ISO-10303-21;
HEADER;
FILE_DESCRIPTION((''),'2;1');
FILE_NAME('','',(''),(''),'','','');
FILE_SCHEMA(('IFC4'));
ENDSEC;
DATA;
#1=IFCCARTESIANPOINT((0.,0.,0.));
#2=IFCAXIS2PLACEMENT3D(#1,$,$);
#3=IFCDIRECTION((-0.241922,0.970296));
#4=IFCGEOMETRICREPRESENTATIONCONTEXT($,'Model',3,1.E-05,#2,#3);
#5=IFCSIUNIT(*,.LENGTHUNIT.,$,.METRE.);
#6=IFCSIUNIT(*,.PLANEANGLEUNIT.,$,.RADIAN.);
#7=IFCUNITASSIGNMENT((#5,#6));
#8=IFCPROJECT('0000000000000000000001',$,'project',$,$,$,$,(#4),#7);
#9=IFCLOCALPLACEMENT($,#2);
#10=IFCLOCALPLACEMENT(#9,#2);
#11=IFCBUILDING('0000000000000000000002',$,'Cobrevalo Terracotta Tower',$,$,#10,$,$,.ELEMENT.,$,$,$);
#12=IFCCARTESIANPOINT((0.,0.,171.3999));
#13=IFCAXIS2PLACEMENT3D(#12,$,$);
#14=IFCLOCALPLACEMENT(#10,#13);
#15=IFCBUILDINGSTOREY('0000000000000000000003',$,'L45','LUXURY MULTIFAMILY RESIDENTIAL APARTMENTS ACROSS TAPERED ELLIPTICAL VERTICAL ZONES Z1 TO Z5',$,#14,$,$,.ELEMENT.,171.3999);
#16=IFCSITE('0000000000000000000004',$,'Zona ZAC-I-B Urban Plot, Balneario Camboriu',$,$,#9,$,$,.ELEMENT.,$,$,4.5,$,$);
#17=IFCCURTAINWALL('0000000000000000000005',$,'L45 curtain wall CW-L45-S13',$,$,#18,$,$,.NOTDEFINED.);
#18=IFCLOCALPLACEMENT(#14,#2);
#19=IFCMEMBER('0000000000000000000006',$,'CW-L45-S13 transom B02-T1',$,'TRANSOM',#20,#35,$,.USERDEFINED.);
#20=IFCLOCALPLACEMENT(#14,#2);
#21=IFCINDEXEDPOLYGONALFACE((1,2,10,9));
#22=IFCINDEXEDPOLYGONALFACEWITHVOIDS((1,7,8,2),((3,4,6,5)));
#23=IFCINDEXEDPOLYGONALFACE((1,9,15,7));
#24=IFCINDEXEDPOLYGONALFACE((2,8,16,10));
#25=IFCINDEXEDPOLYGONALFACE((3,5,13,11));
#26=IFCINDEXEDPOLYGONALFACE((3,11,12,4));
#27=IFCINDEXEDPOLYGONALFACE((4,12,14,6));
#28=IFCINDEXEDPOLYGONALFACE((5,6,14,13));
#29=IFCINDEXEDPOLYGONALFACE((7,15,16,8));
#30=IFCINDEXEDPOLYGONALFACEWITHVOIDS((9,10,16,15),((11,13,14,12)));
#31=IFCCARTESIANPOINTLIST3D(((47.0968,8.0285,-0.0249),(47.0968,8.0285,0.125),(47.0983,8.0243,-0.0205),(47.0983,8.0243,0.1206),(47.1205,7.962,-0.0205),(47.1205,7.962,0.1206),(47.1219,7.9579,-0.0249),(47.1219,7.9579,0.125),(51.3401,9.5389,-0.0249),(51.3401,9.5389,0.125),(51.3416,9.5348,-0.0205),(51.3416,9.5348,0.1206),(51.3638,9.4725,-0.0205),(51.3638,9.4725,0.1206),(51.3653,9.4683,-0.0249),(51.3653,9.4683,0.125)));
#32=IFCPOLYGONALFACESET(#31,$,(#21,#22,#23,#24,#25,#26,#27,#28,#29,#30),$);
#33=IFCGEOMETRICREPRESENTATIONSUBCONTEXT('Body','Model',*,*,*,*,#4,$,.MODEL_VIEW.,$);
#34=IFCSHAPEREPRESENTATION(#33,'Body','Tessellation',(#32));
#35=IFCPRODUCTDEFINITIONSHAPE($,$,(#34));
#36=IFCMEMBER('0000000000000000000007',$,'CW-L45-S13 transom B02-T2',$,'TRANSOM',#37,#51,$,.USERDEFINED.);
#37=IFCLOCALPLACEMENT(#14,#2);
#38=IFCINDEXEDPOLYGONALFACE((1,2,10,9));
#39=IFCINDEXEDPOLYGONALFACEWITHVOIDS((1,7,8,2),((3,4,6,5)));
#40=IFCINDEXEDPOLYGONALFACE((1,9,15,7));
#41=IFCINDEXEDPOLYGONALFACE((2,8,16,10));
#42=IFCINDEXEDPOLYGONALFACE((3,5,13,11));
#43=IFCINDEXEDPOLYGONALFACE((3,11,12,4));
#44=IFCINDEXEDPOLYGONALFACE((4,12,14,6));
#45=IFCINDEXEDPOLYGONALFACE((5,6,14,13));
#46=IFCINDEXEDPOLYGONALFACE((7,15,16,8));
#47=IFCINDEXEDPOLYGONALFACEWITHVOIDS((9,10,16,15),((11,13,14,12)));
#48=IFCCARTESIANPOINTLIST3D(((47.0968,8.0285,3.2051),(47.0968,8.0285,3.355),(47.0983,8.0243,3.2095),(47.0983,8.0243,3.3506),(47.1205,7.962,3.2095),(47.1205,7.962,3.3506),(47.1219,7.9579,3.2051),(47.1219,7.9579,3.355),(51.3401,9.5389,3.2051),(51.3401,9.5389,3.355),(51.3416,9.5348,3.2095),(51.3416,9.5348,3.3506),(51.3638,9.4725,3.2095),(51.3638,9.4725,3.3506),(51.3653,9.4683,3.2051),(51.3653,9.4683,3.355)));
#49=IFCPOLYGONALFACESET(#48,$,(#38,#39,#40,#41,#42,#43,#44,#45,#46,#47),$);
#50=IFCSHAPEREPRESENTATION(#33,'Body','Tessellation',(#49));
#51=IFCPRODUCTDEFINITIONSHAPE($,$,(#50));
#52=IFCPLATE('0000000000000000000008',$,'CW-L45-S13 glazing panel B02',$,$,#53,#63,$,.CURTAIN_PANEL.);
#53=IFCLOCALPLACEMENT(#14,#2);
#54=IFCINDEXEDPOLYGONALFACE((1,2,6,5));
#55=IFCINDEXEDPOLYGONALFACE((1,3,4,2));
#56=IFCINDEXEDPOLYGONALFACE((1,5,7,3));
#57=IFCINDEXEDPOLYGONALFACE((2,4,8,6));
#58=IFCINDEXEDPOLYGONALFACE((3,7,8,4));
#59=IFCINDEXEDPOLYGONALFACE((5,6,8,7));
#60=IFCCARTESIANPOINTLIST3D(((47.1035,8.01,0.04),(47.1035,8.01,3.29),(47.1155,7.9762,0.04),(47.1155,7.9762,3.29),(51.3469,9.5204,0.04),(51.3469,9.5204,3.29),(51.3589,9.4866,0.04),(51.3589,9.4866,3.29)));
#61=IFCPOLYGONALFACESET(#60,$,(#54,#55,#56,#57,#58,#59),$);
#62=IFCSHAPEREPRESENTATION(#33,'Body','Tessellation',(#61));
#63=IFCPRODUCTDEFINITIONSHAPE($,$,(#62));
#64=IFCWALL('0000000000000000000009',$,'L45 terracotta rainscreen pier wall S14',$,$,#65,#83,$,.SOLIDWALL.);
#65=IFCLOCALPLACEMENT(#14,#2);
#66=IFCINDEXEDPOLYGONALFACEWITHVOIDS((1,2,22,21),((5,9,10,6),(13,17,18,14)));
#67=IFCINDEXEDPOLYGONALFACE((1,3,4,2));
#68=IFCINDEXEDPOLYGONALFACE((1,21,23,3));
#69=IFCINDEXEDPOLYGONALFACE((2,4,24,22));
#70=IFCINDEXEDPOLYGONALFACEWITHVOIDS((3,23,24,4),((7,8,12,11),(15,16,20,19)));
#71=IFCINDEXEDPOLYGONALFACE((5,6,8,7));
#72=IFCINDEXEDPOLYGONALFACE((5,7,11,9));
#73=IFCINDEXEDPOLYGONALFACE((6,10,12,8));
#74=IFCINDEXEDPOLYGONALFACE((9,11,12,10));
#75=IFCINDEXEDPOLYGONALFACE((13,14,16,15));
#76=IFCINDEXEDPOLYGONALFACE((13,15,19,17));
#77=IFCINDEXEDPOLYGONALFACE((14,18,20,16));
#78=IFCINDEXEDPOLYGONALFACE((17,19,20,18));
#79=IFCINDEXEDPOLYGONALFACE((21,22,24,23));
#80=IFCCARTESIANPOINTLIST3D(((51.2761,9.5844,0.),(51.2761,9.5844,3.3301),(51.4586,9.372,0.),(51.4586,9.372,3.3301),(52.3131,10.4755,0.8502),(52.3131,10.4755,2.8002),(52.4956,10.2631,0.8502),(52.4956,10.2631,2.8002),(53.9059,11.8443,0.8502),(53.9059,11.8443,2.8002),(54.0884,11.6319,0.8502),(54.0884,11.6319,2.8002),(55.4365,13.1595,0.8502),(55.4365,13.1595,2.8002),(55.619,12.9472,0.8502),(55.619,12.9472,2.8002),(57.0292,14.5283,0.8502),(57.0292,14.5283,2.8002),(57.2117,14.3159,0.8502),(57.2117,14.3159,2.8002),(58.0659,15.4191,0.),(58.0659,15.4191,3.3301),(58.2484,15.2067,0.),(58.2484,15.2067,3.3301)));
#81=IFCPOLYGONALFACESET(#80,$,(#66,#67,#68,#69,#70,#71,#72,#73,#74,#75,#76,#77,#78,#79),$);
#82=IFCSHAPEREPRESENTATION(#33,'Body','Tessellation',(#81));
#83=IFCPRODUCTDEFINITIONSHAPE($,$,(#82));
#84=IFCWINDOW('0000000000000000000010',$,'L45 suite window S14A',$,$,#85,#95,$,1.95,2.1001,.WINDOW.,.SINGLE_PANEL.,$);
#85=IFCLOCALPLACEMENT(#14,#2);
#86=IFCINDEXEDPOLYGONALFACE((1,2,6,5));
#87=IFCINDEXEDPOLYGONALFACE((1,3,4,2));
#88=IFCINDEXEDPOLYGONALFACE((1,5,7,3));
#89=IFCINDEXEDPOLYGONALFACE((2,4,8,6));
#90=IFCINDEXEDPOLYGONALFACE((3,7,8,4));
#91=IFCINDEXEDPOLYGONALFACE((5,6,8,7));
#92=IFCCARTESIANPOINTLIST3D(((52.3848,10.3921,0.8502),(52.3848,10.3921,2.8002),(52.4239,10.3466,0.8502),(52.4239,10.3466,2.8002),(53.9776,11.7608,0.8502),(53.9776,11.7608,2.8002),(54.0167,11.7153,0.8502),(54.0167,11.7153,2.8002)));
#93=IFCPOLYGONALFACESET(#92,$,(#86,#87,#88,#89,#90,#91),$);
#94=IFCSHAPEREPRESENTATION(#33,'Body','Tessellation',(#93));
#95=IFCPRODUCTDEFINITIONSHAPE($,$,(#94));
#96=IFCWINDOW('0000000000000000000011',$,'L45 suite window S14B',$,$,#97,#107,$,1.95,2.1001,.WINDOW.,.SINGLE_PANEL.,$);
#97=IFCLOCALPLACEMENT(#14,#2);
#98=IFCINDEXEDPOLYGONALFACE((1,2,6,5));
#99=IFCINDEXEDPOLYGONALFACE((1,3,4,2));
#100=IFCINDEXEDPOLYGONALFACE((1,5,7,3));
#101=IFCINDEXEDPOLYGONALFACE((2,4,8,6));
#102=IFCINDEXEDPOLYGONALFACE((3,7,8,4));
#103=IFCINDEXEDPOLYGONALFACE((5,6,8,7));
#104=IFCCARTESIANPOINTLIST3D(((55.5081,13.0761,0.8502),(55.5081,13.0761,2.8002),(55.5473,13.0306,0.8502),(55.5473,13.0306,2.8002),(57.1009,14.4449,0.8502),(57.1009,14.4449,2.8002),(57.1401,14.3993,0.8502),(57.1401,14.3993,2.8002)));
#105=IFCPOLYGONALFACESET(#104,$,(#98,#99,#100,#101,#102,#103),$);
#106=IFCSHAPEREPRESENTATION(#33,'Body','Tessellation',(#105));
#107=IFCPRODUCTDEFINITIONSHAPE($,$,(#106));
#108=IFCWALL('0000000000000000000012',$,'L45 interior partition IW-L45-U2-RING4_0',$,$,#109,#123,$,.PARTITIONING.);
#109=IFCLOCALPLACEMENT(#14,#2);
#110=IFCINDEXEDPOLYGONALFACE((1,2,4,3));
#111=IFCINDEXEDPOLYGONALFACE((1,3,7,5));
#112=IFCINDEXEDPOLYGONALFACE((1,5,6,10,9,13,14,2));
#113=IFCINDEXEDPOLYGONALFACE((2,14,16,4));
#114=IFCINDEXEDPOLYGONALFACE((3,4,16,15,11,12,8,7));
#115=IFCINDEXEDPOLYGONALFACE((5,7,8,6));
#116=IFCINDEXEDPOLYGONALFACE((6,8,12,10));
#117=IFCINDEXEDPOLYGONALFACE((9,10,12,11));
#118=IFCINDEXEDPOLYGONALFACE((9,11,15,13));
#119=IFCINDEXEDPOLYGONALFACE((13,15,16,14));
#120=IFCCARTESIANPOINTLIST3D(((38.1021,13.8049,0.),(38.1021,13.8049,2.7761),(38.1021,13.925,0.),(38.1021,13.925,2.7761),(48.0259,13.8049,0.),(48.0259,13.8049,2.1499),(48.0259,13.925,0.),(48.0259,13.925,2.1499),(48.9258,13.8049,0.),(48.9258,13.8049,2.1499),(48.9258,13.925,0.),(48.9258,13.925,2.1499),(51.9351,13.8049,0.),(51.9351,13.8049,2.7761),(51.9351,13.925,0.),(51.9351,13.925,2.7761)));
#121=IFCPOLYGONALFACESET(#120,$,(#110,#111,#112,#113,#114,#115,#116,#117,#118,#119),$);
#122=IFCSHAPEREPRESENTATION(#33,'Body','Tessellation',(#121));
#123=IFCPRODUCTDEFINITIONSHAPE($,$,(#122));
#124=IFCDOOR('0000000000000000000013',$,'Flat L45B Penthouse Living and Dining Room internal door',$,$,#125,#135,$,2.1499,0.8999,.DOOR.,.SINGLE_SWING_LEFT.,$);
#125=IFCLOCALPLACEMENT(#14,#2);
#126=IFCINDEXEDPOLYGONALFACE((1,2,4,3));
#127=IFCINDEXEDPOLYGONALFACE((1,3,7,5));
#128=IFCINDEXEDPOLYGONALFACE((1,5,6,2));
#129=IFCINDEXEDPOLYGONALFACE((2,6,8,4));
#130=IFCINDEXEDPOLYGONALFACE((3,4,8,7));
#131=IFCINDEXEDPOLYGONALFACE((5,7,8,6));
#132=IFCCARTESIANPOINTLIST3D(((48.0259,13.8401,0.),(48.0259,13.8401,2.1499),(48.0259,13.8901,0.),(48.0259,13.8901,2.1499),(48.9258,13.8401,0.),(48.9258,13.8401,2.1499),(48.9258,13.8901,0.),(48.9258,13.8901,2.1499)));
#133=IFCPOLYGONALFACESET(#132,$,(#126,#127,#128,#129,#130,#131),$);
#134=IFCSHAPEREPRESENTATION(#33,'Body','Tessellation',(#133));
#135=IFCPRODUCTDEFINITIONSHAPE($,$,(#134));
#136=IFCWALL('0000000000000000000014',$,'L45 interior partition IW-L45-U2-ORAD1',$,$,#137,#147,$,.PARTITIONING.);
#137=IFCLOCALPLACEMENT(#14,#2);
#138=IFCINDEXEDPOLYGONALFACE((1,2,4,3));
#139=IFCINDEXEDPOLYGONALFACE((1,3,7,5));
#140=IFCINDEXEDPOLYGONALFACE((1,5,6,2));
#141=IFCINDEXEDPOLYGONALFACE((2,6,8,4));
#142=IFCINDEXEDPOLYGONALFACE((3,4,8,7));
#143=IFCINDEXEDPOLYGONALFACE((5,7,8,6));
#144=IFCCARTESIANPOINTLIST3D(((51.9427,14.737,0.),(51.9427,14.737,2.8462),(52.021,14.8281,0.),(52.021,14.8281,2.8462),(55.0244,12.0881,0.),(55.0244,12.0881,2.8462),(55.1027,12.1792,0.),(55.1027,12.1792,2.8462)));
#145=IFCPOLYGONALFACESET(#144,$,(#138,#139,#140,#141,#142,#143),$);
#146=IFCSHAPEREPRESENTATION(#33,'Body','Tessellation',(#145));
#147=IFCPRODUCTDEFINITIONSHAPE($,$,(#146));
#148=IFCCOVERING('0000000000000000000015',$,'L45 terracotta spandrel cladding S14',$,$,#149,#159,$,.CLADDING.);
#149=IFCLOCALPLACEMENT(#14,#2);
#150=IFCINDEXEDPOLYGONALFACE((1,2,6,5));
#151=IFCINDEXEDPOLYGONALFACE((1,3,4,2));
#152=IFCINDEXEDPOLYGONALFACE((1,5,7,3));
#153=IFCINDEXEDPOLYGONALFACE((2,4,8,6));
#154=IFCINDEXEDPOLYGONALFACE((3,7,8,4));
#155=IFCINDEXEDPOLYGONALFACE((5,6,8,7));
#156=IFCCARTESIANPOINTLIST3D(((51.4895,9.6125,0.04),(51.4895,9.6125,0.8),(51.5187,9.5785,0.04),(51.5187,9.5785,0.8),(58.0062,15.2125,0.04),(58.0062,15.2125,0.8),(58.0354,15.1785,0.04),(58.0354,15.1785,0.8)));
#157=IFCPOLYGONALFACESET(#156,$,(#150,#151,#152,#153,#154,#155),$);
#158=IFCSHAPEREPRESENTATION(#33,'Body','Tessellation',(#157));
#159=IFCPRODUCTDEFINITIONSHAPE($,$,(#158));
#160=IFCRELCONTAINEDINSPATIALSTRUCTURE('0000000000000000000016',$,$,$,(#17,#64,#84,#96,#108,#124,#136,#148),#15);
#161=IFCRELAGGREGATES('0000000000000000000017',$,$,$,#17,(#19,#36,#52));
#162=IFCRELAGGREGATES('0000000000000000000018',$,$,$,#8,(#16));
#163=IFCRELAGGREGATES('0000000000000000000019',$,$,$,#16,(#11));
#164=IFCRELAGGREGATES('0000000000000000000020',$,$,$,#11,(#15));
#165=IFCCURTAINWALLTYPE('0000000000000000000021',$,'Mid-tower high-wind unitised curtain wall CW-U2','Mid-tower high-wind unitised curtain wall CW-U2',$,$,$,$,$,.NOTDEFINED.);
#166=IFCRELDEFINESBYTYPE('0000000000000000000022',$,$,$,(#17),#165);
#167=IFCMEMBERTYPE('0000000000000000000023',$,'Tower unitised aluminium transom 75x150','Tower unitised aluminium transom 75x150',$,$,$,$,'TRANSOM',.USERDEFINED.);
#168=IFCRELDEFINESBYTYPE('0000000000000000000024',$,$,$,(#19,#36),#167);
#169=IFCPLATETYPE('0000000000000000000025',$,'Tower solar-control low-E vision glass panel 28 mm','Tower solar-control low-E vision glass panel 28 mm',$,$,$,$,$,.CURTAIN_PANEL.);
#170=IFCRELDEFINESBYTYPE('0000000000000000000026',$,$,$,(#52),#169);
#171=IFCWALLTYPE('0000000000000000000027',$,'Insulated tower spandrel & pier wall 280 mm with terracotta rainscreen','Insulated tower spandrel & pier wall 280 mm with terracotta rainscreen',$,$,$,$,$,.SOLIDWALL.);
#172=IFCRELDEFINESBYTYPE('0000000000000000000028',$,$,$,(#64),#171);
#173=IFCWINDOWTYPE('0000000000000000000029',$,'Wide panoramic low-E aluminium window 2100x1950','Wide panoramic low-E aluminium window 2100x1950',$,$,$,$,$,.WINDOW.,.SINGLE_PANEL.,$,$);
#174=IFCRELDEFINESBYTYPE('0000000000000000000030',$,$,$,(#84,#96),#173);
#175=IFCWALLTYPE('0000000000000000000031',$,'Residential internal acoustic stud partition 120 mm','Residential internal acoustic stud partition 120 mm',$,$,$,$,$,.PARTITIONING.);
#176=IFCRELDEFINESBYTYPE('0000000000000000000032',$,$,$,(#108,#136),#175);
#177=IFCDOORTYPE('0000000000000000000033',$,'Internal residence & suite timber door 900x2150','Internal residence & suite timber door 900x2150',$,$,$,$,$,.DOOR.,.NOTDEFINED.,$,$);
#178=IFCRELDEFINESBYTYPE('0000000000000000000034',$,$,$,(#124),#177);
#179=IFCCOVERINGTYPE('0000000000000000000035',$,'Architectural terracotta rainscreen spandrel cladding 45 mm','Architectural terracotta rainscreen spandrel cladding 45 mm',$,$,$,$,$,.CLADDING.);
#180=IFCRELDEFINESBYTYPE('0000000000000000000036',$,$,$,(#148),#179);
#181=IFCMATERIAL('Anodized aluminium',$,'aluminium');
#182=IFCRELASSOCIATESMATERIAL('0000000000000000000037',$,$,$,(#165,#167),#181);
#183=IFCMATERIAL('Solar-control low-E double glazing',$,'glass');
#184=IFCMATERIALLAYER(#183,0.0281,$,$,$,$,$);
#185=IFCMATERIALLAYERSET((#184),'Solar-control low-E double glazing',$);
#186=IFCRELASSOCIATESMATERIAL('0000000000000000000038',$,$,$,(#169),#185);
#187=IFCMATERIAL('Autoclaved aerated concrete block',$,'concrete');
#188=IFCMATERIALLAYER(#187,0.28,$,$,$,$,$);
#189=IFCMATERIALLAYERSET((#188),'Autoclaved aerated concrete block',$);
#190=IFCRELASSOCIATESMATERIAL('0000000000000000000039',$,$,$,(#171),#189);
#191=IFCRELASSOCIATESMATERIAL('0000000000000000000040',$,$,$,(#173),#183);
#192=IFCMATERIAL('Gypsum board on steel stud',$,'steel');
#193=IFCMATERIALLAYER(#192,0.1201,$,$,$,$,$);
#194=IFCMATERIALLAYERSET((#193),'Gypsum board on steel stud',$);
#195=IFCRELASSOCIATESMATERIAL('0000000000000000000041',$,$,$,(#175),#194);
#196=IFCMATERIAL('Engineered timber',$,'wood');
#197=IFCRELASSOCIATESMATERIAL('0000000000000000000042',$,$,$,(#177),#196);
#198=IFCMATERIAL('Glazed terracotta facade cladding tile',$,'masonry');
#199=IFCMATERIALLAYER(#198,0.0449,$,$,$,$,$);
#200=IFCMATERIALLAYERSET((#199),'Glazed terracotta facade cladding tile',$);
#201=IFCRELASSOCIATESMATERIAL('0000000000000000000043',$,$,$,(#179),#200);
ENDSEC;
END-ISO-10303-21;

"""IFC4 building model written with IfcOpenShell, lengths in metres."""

from ifc_helpers import new_model, si_unit, direction, frame, frame_2d, origin, origin_2d, place, context, subcontext, project, spatial, rectangle, hollow_rectangle, extrude, source, transform, mapped, material, layer, layer_set, material_profile, profile_set, type_object, element, fill, aggregate, save


model = new_model("IFC4")

# Units and contexts
model_context = context("Model", 3, precision=1e-05, world=origin(), true_north=direction((-0.241922, 0.970296)))
body_context = subcontext(model_context, "Body", "Model", "MODEL_VIEW")
ifc_project = project(units=[si_unit("LENGTHUNIT", "METRE"), si_unit("PLANEANGLEUNIT", "RADIAN")], contexts=[model_context])

# Site, building, storey
site_placement = place(None, origin())
site = spatial("IfcSite", under=ifc_project, at=site_placement, Name="Zona ZAC-I-B Urban Plot, Balneario Camboriu", CompositionType="ELEMENT", RefElevation=4.5)
building_placement = place(site_placement, origin())
building = spatial("IfcBuilding", under=site, at=building_placement, Name="Cobrevalo Terracotta Tower", CompositionType="ELEMENT")
storey_placement = place(building_placement, frame((0.0, 0.0, 171.3999)))
storey = spatial("IfcBuildingStorey", under=building, at=storey_placement, Name="L45", Description="LUXURY MULTIFAMILY RESIDENTIAL APARTMENTS ACROSS TAPERED ELLIPTICAL VERTICAL ZONES Z1 TO Z5", CompositionType="ELEMENT", Elevation=171.3999)

# Curtain wall
ifc_material_1 = material(Name="Anodized aluminium", Category="aluminium")
curtain_wall_type = type_object("IfcCurtainWallType", Name="Mid-tower high-wind unitised curtain wall CW-U2", Description="Mid-tower high-wind unitised curtain wall CW-U2", PredefinedType="NOTDEFINED", material=ifc_material_1)
curtain_wall_1_placement = place(storey_placement, origin())
curtain_wall_1 = element("IfcCurtainWall", 1, at=curtain_wall_1_placement, inside=storey, type_object=curtain_wall_type, Name="L45 curtain wall CW-L45-S13", PredefinedType="NOTDEFINED")
ifc_material_profile_1 = material_profile(ifc_material_1, hollow_rectangle(XDim=0.075, YDim=0.1499, WallThickness=0.0044, at=origin_2d()), Name="CWT 75x150")
ifc_profile_set_1 = profile_set([ifc_material_profile_1], Name="Anodized aluminium")
member_type_1 = type_object("IfcMemberType", Name="Tower unitised aluminium transom 75x150", Description="Tower unitised aluminium transom 75x150", ElementType="TRANSOM", PredefinedType="USERDEFINED", material=ifc_profile_set_1)

# Members
shared_shape_1 = source(origin(), body_context, "Body", "SweptSolid", [
    extrude(hollow_rectangle(XDim=0.075, YDim=0.1499, WallThickness=0.0044, at=origin_2d()), origin(), (0.0, 0.0, 1.0), 4.5042),
])
member_1_placement = place(storey_placement, frame((47.1094, 7.9932, 0.05), z_axis=(0.942093, 0.335351, 0.0), x_axis=(-0.335351, 0.942093, 0.0)))
member_1 = element("IfcMember", 2, at=member_1_placement, type_object=member_type_1, Name="CW-L45-S13 transom B02-T1", ObjectType="TRANSOM", PredefinedType="USERDEFINED", context=body_context, shape_type="MappedRepresentation", body=[
    mapped(shared_shape_1, transform((0.0, 0.0, 0.0), scale=1.0)),
])
member_2_placement = place(storey_placement, frame((47.1094, 7.9932, 3.28), z_axis=(0.942093, 0.335351, 0.0), x_axis=(-0.335351, 0.942093, 0.0)))
member_2 = element("IfcMember", 3, at=member_2_placement, type_object=member_type_1, Name="CW-L45-S13 transom B02-T2", ObjectType="TRANSOM", PredefinedType="USERDEFINED", context=body_context, shape_type="MappedRepresentation", body=[
    mapped(shared_shape_1, transform((0.0, 0.0, 0.0), scale=1.0)),
])

# Plate
ifc_material_2 = material(Name="Solar-control low-E double glazing", Category="glass")
ifc_layer_1 = layer(ifc_material_2, 0.0281)
ifc_layer_set_1 = layer_set([ifc_layer_1], Name="Solar-control low-E double glazing")
plate_type = type_object("IfcPlateType", Name="Tower solar-control low-E vision glass panel 28 mm", Description="Tower solar-control low-E vision glass panel 28 mm", PredefinedType="CURTAIN_PANEL", material=ifc_layer_set_1)
shared_shape_2 = source(origin(), body_context, "Body", "SweptSolid", [
    extrude(rectangle(XDim=4.5042, YDim=0.0359, at=origin_2d()), origin(), (0.0, 0.0, 1.0), 3.25),
])
plate_placement = place(storey_placement, frame((49.2312, 8.7483, 0.04), z_axis=(0.0, 0.0, 1.0), x_axis=(0.942098, 0.335336, 0.0)))
plate = element("IfcPlate", 4, at=plate_placement, type_object=plate_type, Name="CW-L45-S13 glazing panel B02", PredefinedType="CURTAIN_PANEL", context=body_context, shape_type="MappedRepresentation", body=[
    mapped(shared_shape_2, transform((0.0, 0.0, 0.0), scale=1.0)),
])
aggregate(curtain_wall_1, [member_1, member_2, plate])

# Wall, openings, windows
ifc_material_3 = material(Name="Autoclaved aerated concrete block", Category="concrete")
ifc_layer_2 = layer(ifc_material_3, 0.28)
ifc_layer_set_2 = layer_set([ifc_layer_2], Name="Autoclaved aerated concrete block")
wall_type_1 = type_object("IfcWallType", Name="Insulated tower spandrel & pier wall 280 mm with terracotta rainscreen", Description="Insulated tower spandrel & pier wall 280 mm with terracotta rainscreen", PredefinedType="SOLIDWALL", material=ifc_layer_set_2)
wall_1_placement = place(storey_placement, frame((51.3674, 9.4783, 0.0), z_axis=(0.0, 0.0, 1.0), x_axis=(0.758434, 0.65175, 0.0)))
wall_1 = element("IfcWall", 5, at=wall_1_placement, inside=storey, type_object=wall_type_1, Name="L45 terracotta rainscreen pier wall S14", PredefinedType="SOLIDWALL", context=body_context, shape_type="SweptSolid", body=[
    extrude(rectangle(XDim=8.9524, YDim=0.28, at=frame_2d((4.4761, 0.0))), origin(), (0.0, 0.0, 1.0), 3.3301),
])
opening_1_placement = place(wall_1_placement, frame((1.3672, 0.0, 0.8501)))
opening_1 = element("IfcOpeningElement", 6, at=opening_1_placement, cuts=wall_1, PredefinedType="OPENING", context=body_context, shape_type="SweptSolid", body=[
    extrude(rectangle(XDim=2.1001, YDim=1.95, at=frame_2d((1.05, 0.9751))), frame((0.0, 0.1499, 0.0), z_axis=(0.0, -1.0, 0.0), x_axis=(1.0, 0.0, 0.0)), (0.0, 0.0, 1.0), 0.3),
])
opening_2_placement = place(wall_1_placement, frame((5.4854, 0.0, 0.8501)))
opening_2 = element("IfcOpeningElement", 7, at=opening_2_placement, cuts=wall_1, PredefinedType="OPENING", context=body_context, shape_type="SweptSolid", body=[
    extrude(rectangle(XDim=2.1001, YDim=1.95, at=frame_2d((1.05, 0.9751))), frame((0.0, 0.1499, 0.0), z_axis=(0.0, -1.0, 0.0), x_axis=(1.0, 0.0, 0.0)), (0.0, 0.0, 1.0), 0.3),
])
window_type = type_object("IfcWindowType", Name="Wide panoramic low-E aluminium window 2100x1950", Description="Wide panoramic low-E aluminium window 2100x1950", PartitioningType="SINGLE_PANEL", PredefinedType="WINDOW", material=ifc_material_2)
shared_shape_3 = source(origin(), body_context, "Body", "SweptSolid", [
    extrude(rectangle(XDim=2.1001, YDim=1.95, at=frame_2d((1.05, 0.9751))), frame((0.0, 0.03, 0.0), z_axis=(0.0, -1.0, 0.0), x_axis=(1.0, 0.0, 0.0)), (0.0, 0.0, 1.0), 0.0601),
])
window_1_placement = place(opening_1_placement, origin())
window_1 = element("IfcWindow", 8, at=window_1_placement, inside=storey, type_object=window_type, Name="L45 suite window S14A", OverallHeight=1.95, OverallWidth=2.1001, PartitioningType="SINGLE_PANEL", PredefinedType="WINDOW", context=body_context, shape_type="MappedRepresentation", body=[
    mapped(shared_shape_3, transform((0.0, 0.0, 0.0), scale=1.0)),
])
fill(opening_1, window_1)
window_2_placement = place(opening_2_placement, origin())
window_2 = element("IfcWindow", 9, at=window_2_placement, inside=storey, type_object=window_type, Name="L45 suite window S14B", OverallHeight=1.95, OverallWidth=2.1001, PartitioningType="SINGLE_PANEL", PredefinedType="WINDOW", context=body_context, shape_type="MappedRepresentation", body=[
    mapped(shared_shape_3, transform((0.0, 0.0, 0.0), scale=1.0)),
])
fill(opening_2, window_2)

# Wall, opening, door
ifc_material_4 = material(Name="Gypsum board on steel stud", Category="steel")
ifc_layer_3 = layer(ifc_material_4, 0.1201)
ifc_layer_set_3 = layer_set([ifc_layer_3], Name="Gypsum board on steel stud")
wall_type_2 = type_object("IfcWallType", Name="Residential internal acoustic stud partition 120 mm", Description="Residential internal acoustic stud partition 120 mm", PredefinedType="PARTITIONING", material=ifc_layer_set_3)
wall_2_placement = place(storey_placement, frame((51.9351, 13.865, 0.0), z_axis=(0.0, 0.0, 1.0), x_axis=(-1.0, 0.0, 0.0)))
wall_2 = element("IfcWall", 10, at=wall_2_placement, inside=storey, type_object=wall_type_2, Name="L45 interior partition IW-L45-U2-RING4_0", PredefinedType="PARTITIONING", context=body_context, shape_type="SweptSolid", body=[
    extrude(rectangle(XDim=13.833, YDim=0.1201, at=frame_2d((6.9165, 0.0))), origin(), (0.0, 0.0, 1.0), 2.7761),
])
opening_3_placement = place(wall_2_placement, frame((3.0093, 0.0, 0.0)))
opening_3 = element("IfcOpeningElement", 11, at=opening_3_placement, cuts=wall_2, PredefinedType="OPENING", context=body_context, shape_type="SweptSolid", body=[
    extrude(rectangle(XDim=0.8999, YDim=2.1499, at=frame_2d((0.45, 1.075))), frame((0.0, 0.0701, 0.0), z_axis=(0.0, -1.0, 0.0), x_axis=(1.0, 0.0, 0.0)), (0.0, 0.0, 1.0), 0.1401),
])
ifc_material_5 = material(Name="Engineered timber", Category="wood")
door_type = type_object("IfcDoorType", Name="Internal residence & suite timber door 900x2150", Description="Internal residence & suite timber door 900x2150", OperationType="NOTDEFINED", PredefinedType="DOOR", material=ifc_material_5)
shared_shape_4 = source(origin(), body_context, "Body", "SweptSolid", [
    extrude(rectangle(XDim=0.8999, YDim=2.1499, at=frame_2d((0.45, 1.075))), frame((0.0, 0.0249, 0.0), z_axis=(0.0, -1.0, 0.0), x_axis=(1.0, 0.0, 0.0)), (0.0, 0.0, 1.0), 0.05),
])
door_placement = place(opening_3_placement, origin())
door = element("IfcDoor", 12, at=door_placement, inside=storey, type_object=door_type, Name="Flat L45B Penthouse Living and Dining Room internal door", OperationType="SINGLE_SWING_LEFT", OverallHeight=2.1499, OverallWidth=0.8999, PredefinedType="DOOR", context=body_context, shape_type="MappedRepresentation", body=[
    mapped(shared_shape_4, transform((0.0, 0.0, 0.0), scale=1.0)),
])
fill(opening_3, door)

# Wall
wall_3_placement = place(storey_placement, frame((51.9819, 14.7825, 0.0), z_axis=(0.0, 0.0, 1.0), x_axis=(0.758357, -0.65184, 0.0)))
element("IfcWall", 13, at=wall_3_placement, inside=storey, type_object=wall_type_2, Name="L45 interior partition IW-L45-U2-ORAD1", PredefinedType="PARTITIONING", context=body_context, shape_type="SweptSolid", body=[
    extrude(rectangle(XDim=4.0637, YDim=0.1201, at=frame_2d((2.0317, 0.0))), origin(), (0.0, 0.0, 1.0), 2.8462),
])

# Covering
ifc_material_6 = material(Name="Glazed terracotta facade cladding tile", Category="masonry")
ifc_layer_4 = layer(ifc_material_6, 0.0449)
ifc_layer_set_4 = layer_set([ifc_layer_4], Name="Glazed terracotta facade cladding tile")
covering_type = type_object("IfcCoveringType", Name="Architectural terracotta rainscreen spandrel cladding 45 mm", Description="Architectural terracotta rainscreen spandrel cladding 45 mm", PredefinedType="CLADDING", material=ifc_layer_set_4)
shared_shape_5 = source(origin(), body_context, "Body", "SweptSolid", [
    extrude(rectangle(XDim=8.5923, YDim=0.0449, at=origin_2d()), origin(), (0.0, 0.0, 1.0), 0.76),
])
covering_placement = place(storey_placement, frame((54.7625, 12.3955, 0.04), z_axis=(0.0, 0.0, 1.0), x_axis=(0.758437, 0.651746, 0.0)))
element("IfcCovering", 14, at=covering_placement, inside=storey, type_object=covering_type, Name="L45 terracotta spandrel cladding S14", PredefinedType="CLADDING", context=body_context, shape_type="MappedRepresentation", body=[
    mapped(shared_shape_5, transform((0.0, 0.0, 0.0), scale=1.0)),
])

save(model, "model.ifc")
